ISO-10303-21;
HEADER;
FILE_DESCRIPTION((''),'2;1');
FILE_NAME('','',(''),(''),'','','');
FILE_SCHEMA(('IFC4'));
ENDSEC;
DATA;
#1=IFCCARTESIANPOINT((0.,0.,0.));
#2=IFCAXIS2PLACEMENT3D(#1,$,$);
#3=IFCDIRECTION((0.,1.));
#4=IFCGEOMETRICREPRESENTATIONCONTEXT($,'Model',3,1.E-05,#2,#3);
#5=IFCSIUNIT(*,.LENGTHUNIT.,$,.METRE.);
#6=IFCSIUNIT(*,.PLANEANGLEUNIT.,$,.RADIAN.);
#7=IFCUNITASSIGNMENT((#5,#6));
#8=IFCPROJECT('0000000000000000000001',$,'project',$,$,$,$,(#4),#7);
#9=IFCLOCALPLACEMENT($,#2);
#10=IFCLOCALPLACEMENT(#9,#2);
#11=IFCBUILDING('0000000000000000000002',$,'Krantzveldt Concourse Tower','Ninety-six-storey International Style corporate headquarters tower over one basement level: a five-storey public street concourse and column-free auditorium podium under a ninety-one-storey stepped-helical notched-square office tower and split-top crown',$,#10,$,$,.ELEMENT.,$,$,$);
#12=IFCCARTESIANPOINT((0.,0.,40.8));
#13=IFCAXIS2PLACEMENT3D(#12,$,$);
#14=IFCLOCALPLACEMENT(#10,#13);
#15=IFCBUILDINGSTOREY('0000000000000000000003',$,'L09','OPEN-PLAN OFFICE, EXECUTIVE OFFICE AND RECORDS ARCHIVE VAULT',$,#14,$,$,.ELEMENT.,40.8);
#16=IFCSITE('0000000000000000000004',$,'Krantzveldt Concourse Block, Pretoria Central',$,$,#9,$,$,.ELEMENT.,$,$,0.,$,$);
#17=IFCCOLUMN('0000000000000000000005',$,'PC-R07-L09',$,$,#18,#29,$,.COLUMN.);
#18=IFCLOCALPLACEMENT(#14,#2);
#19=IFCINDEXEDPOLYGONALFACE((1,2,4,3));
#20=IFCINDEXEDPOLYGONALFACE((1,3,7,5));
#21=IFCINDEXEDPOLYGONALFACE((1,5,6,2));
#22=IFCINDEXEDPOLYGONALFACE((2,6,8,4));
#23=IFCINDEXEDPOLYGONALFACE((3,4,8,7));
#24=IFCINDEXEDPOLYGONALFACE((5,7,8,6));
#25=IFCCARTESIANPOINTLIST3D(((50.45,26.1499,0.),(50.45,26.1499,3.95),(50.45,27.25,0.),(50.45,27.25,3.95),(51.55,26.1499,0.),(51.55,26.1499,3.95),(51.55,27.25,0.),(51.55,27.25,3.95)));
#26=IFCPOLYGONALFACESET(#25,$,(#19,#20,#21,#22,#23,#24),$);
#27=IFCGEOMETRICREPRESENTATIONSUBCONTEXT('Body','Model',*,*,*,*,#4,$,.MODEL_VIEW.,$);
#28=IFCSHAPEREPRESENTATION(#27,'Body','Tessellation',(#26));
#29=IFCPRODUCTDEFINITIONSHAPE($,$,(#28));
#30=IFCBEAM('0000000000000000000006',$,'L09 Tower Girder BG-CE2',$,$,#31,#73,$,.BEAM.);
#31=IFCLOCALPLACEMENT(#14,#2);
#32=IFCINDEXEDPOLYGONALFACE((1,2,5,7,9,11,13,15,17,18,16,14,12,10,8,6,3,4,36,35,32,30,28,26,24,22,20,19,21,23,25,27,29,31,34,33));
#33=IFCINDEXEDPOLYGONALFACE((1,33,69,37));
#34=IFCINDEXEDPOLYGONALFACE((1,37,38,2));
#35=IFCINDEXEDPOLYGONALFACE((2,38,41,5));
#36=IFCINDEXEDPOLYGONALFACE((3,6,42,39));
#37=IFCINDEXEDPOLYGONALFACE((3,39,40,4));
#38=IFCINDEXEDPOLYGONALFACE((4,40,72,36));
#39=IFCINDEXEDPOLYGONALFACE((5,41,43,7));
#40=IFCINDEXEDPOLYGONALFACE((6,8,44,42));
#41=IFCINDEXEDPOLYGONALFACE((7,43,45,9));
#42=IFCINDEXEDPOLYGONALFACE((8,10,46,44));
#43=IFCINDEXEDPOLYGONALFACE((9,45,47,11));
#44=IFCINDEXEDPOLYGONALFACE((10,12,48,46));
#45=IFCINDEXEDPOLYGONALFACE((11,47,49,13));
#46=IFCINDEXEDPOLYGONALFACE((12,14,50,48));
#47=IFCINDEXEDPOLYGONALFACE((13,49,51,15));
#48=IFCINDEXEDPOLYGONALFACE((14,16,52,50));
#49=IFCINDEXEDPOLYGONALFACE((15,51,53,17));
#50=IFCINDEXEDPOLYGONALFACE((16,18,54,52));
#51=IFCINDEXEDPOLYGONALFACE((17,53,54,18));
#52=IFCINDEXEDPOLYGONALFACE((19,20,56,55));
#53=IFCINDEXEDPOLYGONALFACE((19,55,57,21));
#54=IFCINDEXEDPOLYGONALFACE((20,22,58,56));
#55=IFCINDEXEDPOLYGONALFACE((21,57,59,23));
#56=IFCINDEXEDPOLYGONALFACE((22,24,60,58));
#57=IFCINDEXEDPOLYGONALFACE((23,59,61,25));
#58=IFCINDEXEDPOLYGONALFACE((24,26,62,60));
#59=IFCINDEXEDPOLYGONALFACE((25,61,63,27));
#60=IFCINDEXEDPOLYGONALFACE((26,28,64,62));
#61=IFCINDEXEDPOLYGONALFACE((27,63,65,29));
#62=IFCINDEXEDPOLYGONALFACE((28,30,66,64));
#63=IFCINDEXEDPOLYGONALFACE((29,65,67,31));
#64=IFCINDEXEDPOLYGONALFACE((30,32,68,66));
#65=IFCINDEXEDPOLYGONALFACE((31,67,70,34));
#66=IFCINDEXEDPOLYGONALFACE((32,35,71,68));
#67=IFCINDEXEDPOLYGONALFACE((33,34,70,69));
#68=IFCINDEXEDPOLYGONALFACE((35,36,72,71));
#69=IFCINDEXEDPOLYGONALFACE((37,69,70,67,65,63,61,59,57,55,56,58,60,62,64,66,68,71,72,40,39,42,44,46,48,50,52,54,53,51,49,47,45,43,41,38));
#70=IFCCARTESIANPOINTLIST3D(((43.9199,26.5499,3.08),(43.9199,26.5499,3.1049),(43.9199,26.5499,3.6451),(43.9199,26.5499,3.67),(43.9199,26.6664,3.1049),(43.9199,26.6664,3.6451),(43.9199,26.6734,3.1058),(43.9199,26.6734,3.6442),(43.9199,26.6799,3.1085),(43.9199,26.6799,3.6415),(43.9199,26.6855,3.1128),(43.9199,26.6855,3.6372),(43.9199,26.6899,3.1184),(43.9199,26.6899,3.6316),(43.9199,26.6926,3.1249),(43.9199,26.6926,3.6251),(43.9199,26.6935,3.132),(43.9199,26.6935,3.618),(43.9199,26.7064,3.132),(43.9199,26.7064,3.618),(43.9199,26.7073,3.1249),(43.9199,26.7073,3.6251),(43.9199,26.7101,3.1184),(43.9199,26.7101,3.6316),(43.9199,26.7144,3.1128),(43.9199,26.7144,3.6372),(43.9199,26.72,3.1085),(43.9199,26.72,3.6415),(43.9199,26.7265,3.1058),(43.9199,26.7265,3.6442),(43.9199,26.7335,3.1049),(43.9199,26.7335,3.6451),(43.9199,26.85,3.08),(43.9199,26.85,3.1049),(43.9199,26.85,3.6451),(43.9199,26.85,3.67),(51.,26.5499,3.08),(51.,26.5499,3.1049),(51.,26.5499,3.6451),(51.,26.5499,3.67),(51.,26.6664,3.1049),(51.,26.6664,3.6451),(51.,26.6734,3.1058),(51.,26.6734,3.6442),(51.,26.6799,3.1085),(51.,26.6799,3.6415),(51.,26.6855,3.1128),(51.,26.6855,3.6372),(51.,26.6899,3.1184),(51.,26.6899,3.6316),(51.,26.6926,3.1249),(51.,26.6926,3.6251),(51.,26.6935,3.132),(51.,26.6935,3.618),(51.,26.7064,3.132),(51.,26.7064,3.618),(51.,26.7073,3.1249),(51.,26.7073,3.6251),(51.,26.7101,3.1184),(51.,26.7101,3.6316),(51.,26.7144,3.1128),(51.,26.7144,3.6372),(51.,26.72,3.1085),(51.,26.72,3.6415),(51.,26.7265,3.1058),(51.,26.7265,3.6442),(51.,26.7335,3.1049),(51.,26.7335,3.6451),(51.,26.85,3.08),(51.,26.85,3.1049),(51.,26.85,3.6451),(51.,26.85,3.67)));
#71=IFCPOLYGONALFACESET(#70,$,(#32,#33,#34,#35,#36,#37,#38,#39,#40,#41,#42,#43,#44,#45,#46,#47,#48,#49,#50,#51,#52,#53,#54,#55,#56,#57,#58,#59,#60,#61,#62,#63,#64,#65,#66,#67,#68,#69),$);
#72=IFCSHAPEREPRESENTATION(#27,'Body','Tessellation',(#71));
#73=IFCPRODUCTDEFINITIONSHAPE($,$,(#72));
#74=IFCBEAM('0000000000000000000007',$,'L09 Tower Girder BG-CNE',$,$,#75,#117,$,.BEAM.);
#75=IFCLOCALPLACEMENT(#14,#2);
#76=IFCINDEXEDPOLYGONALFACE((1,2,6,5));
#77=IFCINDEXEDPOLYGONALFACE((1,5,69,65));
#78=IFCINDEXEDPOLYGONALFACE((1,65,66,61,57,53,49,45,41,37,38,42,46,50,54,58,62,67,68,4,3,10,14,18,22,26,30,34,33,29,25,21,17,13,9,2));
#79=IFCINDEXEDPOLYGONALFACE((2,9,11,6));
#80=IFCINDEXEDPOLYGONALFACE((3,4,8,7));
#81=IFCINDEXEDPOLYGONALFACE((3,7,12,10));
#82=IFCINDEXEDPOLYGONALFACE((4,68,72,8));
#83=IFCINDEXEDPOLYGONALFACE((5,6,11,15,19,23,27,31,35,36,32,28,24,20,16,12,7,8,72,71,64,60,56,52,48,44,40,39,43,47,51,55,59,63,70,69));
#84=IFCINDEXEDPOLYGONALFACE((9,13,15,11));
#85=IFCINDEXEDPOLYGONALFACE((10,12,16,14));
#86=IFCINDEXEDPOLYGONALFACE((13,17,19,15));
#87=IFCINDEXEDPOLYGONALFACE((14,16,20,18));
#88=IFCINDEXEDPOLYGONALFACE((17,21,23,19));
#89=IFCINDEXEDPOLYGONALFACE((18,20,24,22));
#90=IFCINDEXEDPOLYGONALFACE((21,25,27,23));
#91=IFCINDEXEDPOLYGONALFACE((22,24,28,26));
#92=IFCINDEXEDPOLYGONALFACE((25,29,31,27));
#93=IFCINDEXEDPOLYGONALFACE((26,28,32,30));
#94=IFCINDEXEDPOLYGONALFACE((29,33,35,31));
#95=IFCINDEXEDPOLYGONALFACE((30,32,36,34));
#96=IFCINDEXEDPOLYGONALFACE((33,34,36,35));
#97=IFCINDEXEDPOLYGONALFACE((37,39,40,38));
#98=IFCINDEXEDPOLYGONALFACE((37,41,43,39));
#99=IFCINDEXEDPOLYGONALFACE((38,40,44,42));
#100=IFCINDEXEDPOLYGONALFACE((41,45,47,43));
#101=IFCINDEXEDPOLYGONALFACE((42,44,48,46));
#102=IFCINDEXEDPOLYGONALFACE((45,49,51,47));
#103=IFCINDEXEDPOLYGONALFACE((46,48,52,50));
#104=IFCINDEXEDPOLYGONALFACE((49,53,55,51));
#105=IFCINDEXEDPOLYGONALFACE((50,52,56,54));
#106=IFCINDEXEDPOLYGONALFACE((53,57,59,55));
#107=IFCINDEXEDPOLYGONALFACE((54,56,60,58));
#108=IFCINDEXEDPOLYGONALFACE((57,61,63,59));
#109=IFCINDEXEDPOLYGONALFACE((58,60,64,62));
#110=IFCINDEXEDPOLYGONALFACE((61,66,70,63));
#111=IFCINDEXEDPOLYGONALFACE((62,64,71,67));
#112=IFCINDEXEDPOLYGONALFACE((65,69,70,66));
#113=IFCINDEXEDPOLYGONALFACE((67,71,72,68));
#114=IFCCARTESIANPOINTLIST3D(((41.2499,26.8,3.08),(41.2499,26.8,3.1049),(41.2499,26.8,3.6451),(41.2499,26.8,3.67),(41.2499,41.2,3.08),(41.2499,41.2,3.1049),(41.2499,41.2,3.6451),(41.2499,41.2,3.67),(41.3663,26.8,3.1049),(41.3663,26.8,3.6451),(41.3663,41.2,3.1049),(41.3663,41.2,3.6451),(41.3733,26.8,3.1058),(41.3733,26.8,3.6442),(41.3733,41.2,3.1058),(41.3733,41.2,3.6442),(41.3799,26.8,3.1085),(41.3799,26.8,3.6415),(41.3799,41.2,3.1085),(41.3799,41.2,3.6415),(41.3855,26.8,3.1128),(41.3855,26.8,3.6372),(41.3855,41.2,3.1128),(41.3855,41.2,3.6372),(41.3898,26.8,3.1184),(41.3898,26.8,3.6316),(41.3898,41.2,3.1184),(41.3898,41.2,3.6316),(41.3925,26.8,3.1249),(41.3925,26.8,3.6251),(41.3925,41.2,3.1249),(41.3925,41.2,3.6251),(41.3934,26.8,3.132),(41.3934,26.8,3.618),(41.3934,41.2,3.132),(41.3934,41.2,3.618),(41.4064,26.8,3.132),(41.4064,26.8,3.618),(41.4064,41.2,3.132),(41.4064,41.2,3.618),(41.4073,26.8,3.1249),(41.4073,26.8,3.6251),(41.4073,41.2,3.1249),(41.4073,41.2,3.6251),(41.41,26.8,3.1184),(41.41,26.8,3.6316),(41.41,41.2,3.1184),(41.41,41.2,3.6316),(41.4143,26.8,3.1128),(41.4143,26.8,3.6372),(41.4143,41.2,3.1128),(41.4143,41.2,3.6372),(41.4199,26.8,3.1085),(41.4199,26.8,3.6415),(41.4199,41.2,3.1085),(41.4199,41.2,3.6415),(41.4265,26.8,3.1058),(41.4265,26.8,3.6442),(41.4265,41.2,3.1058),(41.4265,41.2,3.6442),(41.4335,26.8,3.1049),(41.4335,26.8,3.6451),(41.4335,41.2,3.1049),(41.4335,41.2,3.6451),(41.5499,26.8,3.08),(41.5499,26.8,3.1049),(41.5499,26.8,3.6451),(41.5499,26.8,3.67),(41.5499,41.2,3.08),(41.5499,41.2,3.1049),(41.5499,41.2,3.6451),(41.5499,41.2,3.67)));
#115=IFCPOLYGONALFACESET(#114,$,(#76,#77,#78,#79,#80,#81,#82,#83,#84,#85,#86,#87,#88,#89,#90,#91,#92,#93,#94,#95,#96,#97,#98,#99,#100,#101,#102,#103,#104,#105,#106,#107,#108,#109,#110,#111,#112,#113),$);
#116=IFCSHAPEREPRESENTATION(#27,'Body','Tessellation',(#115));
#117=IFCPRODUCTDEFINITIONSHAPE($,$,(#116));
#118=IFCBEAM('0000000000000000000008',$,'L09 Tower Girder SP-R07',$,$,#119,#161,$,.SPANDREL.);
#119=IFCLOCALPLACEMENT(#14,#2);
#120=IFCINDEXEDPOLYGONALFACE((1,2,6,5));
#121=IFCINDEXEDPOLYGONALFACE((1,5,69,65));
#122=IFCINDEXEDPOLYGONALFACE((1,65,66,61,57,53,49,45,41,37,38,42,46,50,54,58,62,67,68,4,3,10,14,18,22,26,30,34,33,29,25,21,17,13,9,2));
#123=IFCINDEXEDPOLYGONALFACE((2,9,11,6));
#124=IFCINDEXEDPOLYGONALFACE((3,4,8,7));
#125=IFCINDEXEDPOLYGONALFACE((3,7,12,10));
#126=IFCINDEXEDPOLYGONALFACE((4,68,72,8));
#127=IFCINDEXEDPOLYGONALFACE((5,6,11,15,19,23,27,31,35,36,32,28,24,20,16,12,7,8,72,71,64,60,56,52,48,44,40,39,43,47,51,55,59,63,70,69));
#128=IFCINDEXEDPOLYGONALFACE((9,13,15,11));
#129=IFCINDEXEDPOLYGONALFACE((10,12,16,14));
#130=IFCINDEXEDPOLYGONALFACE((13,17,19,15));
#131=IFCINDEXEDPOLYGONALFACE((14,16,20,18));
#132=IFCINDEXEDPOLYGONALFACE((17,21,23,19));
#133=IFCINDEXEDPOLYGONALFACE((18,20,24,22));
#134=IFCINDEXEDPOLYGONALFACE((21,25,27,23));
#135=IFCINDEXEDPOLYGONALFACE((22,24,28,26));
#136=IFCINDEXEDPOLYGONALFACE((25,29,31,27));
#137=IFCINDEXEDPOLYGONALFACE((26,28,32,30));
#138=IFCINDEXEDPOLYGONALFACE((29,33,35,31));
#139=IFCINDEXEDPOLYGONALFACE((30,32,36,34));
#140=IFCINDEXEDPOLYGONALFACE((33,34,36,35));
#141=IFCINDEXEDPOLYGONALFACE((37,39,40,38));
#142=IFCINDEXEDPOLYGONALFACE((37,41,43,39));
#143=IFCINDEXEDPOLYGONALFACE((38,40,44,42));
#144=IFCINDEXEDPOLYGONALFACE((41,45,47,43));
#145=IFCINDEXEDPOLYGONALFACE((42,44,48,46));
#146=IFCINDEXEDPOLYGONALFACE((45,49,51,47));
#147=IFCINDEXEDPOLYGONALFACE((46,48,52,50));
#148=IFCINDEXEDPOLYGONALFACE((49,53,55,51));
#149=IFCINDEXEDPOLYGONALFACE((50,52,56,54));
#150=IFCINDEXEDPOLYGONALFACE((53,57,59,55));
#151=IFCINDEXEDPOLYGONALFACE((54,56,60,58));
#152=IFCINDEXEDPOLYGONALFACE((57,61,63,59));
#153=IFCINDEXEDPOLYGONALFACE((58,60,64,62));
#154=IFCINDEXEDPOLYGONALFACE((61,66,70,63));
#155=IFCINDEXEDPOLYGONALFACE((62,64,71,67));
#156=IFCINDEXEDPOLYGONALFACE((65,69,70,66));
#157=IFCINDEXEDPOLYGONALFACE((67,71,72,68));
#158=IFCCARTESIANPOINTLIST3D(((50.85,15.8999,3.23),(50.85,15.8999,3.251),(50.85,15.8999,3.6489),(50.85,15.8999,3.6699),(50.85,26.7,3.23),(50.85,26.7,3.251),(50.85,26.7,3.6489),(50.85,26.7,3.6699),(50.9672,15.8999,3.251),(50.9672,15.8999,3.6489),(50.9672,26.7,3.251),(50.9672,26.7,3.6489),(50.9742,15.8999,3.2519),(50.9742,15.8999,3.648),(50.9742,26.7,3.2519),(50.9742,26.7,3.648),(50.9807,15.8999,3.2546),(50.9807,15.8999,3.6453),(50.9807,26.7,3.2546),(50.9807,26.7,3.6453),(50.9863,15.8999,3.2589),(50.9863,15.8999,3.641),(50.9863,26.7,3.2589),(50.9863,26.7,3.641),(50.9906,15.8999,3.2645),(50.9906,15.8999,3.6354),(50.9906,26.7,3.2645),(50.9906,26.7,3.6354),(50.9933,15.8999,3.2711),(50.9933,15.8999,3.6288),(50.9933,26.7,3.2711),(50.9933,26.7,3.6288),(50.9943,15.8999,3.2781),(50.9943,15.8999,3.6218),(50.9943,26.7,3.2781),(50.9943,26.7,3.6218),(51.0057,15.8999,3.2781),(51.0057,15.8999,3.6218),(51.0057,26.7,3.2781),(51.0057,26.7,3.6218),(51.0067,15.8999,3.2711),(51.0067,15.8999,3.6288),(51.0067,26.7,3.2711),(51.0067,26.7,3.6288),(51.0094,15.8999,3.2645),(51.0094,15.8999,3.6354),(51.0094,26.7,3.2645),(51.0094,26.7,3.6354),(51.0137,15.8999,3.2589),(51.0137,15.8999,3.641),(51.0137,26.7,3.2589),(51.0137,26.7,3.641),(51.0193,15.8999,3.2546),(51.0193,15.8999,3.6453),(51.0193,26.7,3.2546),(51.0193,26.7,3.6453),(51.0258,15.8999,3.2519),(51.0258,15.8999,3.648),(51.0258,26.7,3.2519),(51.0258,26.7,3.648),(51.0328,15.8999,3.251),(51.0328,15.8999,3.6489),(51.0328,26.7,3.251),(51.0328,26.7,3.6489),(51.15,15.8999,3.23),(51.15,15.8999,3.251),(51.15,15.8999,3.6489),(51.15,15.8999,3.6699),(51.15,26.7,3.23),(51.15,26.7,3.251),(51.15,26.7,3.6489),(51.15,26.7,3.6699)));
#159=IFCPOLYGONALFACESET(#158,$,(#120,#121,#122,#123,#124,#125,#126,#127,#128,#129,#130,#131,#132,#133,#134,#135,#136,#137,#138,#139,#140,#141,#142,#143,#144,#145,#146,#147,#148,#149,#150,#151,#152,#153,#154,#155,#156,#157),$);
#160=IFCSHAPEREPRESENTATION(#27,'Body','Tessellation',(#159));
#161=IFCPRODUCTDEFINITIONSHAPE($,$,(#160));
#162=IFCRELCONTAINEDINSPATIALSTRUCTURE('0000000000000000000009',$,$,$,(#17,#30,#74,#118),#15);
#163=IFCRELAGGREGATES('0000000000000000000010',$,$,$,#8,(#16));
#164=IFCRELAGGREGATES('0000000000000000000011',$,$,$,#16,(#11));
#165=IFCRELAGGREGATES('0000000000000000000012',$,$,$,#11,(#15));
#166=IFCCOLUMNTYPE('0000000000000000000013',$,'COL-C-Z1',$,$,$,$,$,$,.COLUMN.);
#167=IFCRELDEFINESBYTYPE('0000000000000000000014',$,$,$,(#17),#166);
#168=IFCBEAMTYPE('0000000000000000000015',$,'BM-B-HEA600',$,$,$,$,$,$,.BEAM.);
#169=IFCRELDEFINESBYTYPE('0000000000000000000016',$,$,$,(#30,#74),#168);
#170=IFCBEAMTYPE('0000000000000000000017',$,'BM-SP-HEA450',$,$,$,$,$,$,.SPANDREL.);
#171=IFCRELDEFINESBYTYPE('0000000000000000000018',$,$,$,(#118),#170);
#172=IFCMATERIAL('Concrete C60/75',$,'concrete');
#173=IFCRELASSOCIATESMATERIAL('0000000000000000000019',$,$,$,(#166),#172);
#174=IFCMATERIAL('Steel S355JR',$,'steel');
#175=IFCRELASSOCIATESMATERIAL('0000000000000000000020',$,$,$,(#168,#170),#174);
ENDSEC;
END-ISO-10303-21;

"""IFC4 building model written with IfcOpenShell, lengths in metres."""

from ifc_helpers import new_model, si_unit, direction, frame, origin, origin_2d, place, context, subcontext, project, spatial, rectangle, i_section, extrude, source, transform, mapped, material, material_profile, profile_set, type_object, type_shapes, element, save


model = new_model("IFC4")

# Units and contexts
model_context = context("Model", 3, precision=1e-05, world=origin(), true_north=direction((0.0, 1.0)))
body_context = subcontext(model_context, "Body", "Model", "MODEL_VIEW")
ifc_project = project(units=[si_unit("LENGTHUNIT", "METRE"), si_unit("PLANEANGLEUNIT", "RADIAN")], contexts=[model_context])

# Site, building, storey
site_placement = place(None, origin())
site = spatial("IfcSite", under=ifc_project, at=site_placement, Name="Krantzveldt Concourse Block, Pretoria Central", CompositionType="ELEMENT", RefElevation=0.0)
building_placement = place(site_placement, origin())
building = spatial("IfcBuilding", under=site, at=building_placement, Name="Krantzveldt Concourse Tower", Description="Ninety-six-storey International Style corporate headquarters tower over one basement level: a five-storey public street concourse and column-free auditorium podium under a ninety-one-storey stepped-helical notched-square office tower and split-top crown", CompositionType="ELEMENT")
storey_placement = place(building_placement, frame((0.0, 0.0, 40.8)))
storey = spatial("IfcBuildingStorey", under=building, at=storey_placement, Name="L09", Description="OPEN-PLAN OFFICE, EXECUTIVE OFFICE AND RECORDS ARCHIVE VAULT", CompositionType="ELEMENT", Elevation=40.8)

# Column
ifc_material_1 = material(Name="Concrete C60/75", Category="concrete")
ifc_material_profile_1 = material_profile(ifc_material_1, rectangle(XDim=1.1001, YDim=1.1001, at=origin_2d()), Name="Concrete C60/75", Category="concrete")
ifc_profile_set_1 = profile_set([ifc_material_profile_1], Name="Concrete C60/75 - RC 1100x1100")
column_type = type_object("IfcColumnType", Name="COL-C-Z1", PredefinedType="COLUMN", material=ifc_profile_set_1)
shared_shape_1 = source(origin(), body_context, "Body", "SweptSolid", [
    extrude(rectangle(XDim=1.1001, YDim=1.1001, at=origin_2d()), origin(), (0.0, 0.0, 1.0), 3.95),
])
type_shapes(column_type, [shared_shape_1])
column_placement = place(storey_placement, frame((51.0, 26.7, 0.0), z_axis=(0.0, 0.0, 1.0), x_axis=(1.0, 0.0, 0.0)))
element("IfcColumn", 1, at=column_placement, inside=storey, type_object=column_type, Name="PC-R07-L09", PredefinedType="COLUMN", context=body_context, shape_type="MappedRepresentation", body=[
    mapped(shared_shape_1, transform((0.0, 0.0, 0.0), x_axis=(1.0, 0.0, 0.0), y_axis=(0.0, 1.0, 0.0), z_axis=(0.0, 0.0, 1.0), scale=1.0)),
])

# Beams
ifc_material_2 = material(Name="Steel S355JR", Category="steel")
ifc_material_profile_2 = material_profile(ifc_material_2, i_section(OverallWidth=0.3, OverallDepth=0.5901, WebThickness=0.0129, FlangeThickness=0.0249, FilletRadius=0.0271, at=origin_2d()), Name="Steel S355JR", Category="steel")
ifc_profile_set_2 = profile_set([ifc_material_profile_2], Name="Steel S355JR - HEA 600")
beam_type_1 = type_object("IfcBeamType", Name="BM-B-HEA600", PredefinedType="BEAM", material=ifc_profile_set_2)
shared_shape_2 = source(origin(), body_context, "Body", "SweptSolid", [
    extrude(i_section(OverallWidth=0.3, OverallDepth=0.5901, WebThickness=0.0129, FlangeThickness=0.0249, FilletRadius=0.0271, at=origin_2d()), origin(), (0.0, 0.0, 1.0), 7.0801),
])
beam_1_placement = place(storey_placement, frame((43.9199, 26.7, 3.375), z_axis=(1.0, 0.0, 0.0), x_axis=(0.0, 1.0, 0.0)))
element("IfcBeam", 2, at=beam_1_placement, inside=storey, type_object=beam_type_1, Name="L09 Tower Girder BG-CE2", PredefinedType="BEAM", context=body_context, shape_type="MappedRepresentation", body=[
    mapped(shared_shape_2, transform((0.0, 0.0, 0.0), x_axis=(1.0, 0.0, 0.0), y_axis=(0.0, 1.0, 0.0), z_axis=(0.0, 0.0, 1.0), scale=1.0)),
])
shared_shape_3 = source(origin(), body_context, "Body", "SweptSolid", [
    extrude(i_section(OverallWidth=0.3, OverallDepth=0.5901, WebThickness=0.0129, FlangeThickness=0.0249, FilletRadius=0.0271, at=origin_2d()), origin(), (0.0, 0.0, 1.0), 14.3999),
])
type_shapes(beam_type_1, [shared_shape_2, shared_shape_3])
beam_2_placement = place(storey_placement, frame((41.3999, 26.8, 3.375), z_axis=(0.0, 1.0, 0.0), x_axis=(-1.0, 0.0, 0.0)))
element("IfcBeam", 3, at=beam_2_placement, inside=storey, type_object=beam_type_1, Name="L09 Tower Girder BG-CNE", PredefinedType="BEAM", context=body_context, shape_type="MappedRepresentation", body=[
    mapped(shared_shape_3, transform((0.0, 0.0, 0.0), x_axis=(1.0, 0.0, 0.0), y_axis=(0.0, 1.0, 0.0), z_axis=(0.0, 0.0, 1.0), scale=1.0)),
])
ifc_material_profile_3 = material_profile(ifc_material_2, i_section(OverallWidth=0.3, OverallDepth=0.4399, WebThickness=0.0115, FlangeThickness=0.021, FilletRadius=0.0271, at=origin_2d()), Name="Steel S355JR", Category="steel")
ifc_profile_set_3 = profile_set([ifc_material_profile_3], Name="Steel S355JR - HEA 450")
beam_type_2 = type_object("IfcBeamType", Name="BM-SP-HEA450", PredefinedType="SPANDREL", material=ifc_profile_set_3)
shared_shape_4 = source(origin(), body_context, "Body", "SweptSolid", [
    extrude(i_section(OverallWidth=0.3, OverallDepth=0.4399, WebThickness=0.0115, FlangeThickness=0.021, FilletRadius=0.0271, at=origin_2d()), origin(), (0.0, 0.0, 1.0), 10.8),
])
type_shapes(beam_type_2, [shared_shape_4])
beam_3_placement = place(storey_placement, frame((51.0, 26.7, 3.45), z_axis=(0.0, -1.0, 0.0), x_axis=(1.0, 0.0, 0.0)))
element("IfcBeam", 4, at=beam_3_placement, inside=storey, type_object=beam_type_2, Name="L09 Tower Girder SP-R07", PredefinedType="SPANDREL", context=body_context, shape_type="MappedRepresentation", body=[
    mapped(shared_shape_4, transform((0.0, 0.0, 0.0), x_axis=(1.0, 0.0, 0.0), y_axis=(0.0, 1.0, 0.0), z_axis=(0.0, 0.0, 1.0), scale=1.0)),
])

save(model, "model.ifc")
